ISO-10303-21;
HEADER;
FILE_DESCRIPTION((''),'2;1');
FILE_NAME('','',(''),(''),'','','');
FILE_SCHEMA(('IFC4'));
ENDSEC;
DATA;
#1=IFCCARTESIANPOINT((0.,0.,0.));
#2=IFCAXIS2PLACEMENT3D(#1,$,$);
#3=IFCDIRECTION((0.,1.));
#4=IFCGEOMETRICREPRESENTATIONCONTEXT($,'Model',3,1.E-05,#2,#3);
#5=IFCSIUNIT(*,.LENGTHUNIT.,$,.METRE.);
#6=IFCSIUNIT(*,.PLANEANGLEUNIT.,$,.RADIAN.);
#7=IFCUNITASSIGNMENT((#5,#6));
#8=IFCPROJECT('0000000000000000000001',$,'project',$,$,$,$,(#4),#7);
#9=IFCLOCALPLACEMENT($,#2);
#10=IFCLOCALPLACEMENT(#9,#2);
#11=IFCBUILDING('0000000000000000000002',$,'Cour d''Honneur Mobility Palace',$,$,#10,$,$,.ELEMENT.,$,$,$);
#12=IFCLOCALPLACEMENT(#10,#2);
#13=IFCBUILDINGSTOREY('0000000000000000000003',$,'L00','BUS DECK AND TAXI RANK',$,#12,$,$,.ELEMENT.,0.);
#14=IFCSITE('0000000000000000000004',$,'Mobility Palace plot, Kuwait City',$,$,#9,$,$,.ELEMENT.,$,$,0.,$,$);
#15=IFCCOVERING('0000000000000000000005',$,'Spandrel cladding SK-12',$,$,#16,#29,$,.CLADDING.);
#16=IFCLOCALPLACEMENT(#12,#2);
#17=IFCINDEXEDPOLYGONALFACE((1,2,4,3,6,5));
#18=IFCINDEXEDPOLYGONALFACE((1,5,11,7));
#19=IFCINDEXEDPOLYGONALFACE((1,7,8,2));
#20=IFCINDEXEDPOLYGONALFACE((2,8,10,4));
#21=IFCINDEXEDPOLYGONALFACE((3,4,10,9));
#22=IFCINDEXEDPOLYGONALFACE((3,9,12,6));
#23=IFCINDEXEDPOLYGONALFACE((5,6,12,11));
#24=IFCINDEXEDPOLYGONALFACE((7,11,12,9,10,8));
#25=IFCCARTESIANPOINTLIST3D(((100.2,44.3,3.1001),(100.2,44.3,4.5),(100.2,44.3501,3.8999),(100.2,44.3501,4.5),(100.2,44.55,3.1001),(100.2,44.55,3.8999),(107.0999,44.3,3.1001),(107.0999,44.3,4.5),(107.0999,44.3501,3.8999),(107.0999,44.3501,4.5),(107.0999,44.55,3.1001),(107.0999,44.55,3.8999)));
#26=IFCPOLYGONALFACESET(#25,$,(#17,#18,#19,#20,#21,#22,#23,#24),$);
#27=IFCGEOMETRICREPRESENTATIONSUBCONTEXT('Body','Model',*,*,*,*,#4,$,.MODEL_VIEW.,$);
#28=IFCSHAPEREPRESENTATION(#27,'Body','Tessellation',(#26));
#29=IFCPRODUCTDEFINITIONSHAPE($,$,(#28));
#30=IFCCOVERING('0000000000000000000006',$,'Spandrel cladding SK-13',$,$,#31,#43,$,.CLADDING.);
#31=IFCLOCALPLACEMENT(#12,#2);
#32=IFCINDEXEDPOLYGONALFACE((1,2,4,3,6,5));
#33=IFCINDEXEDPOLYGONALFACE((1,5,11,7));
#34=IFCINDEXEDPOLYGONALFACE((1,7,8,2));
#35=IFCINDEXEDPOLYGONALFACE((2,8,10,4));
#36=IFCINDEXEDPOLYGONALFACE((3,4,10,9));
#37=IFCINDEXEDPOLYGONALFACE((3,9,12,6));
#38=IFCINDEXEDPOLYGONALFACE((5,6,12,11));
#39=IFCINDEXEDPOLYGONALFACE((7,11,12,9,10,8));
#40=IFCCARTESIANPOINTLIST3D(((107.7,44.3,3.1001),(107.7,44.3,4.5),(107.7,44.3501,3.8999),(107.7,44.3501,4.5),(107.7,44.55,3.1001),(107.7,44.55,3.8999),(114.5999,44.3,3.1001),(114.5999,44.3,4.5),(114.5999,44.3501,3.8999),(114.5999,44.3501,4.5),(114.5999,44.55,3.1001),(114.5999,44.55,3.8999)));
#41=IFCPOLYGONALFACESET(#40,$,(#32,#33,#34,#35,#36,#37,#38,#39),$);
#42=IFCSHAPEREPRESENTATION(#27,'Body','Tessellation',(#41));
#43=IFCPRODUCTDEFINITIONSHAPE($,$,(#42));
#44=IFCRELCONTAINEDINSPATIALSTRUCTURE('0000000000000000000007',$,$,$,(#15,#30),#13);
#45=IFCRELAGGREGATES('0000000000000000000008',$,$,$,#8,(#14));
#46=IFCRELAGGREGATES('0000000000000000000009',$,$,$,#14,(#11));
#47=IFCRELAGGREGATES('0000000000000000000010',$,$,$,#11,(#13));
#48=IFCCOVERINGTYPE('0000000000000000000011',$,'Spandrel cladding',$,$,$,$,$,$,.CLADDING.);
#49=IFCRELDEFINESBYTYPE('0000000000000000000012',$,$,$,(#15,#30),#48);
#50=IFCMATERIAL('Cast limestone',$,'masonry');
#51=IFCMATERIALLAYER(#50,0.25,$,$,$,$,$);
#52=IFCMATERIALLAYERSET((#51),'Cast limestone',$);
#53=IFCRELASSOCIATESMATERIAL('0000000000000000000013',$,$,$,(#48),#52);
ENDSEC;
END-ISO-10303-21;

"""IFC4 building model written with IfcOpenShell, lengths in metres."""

from ifc_helpers import new_model, si_unit, direction, frame, origin, place, context, subcontext, project, spatial, polyline, outline, extrude, material, layer, layer_set, type_object, element, save


model = new_model("IFC4")

# Units and contexts
model_context = context("Model", 3, precision=1e-05, world=origin(), true_north=direction((0.0, 1.0)))
body_context = subcontext(model_context, "Body", "Model", "MODEL_VIEW")
ifc_project = project(units=[si_unit("LENGTHUNIT", "METRE"), si_unit("PLANEANGLEUNIT", "RADIAN")], contexts=[model_context])

# Site, building, storey
site_placement = place(None, origin())
site = spatial("IfcSite", under=ifc_project, at=site_placement, Name="Mobility Palace plot, Kuwait City", CompositionType="ELEMENT", RefElevation=0.0)
building_placement = place(site_placement, origin())
building = spatial("IfcBuilding", under=site, at=building_placement, Name="Cour d'Honneur Mobility Palace", CompositionType="ELEMENT")
storey_placement = place(building_placement, origin())
storey = spatial("IfcBuildingStorey", under=building, at=storey_placement, Name="L00", Description="BUS DECK AND TAXI RANK", CompositionType="ELEMENT", Elevation=0.0)

# Coverings
ifc_material_1 = material(Name="Cast limestone", Category="masonry")
ifc_layer_1 = layer(ifc_material_1, 0.25)
ifc_layer_set_1 = layer_set([ifc_layer_1], Name="Cast limestone")
covering_type_1 = type_object("IfcCoveringType", Name="Spandrel cladding", PredefinedType="CLADDING", material=ifc_layer_set_1)
for number, where, z_axis, x_axis, name in (
    (1, (100.2, 44.55, 3.1001), (-1.0, 0.0, 0.0), (0.0, -1.0, 0.0), "Spandrel cladding SK-12"),
    (2, (107.7, 44.55, 3.1001), (-1.0, 0.0, 0.0), (0.0, -1.0, 0.0), "Spandrel cladding SK-13"),
):
    element("IfcCovering", number, at=place(storey_placement, frame(where, z_axis=z_axis, x_axis=x_axis)), inside=storey, type_object=covering_type_1, Name=name, PredefinedType="CLADDING", context=body_context, shape_type="SweptSolid", body=[
        extrude(outline(polyline([(0.0, 0.0), (0.25, 0.0), (0.25, 1.3999), (0.2, 1.3999), (0.2, 0.7998), (0.0, 0.7998), (0.0, 0.0)])), origin(), (0.0, 0.0, -1.0), 6.8999),
    ])

save(model, "model.ifc")
